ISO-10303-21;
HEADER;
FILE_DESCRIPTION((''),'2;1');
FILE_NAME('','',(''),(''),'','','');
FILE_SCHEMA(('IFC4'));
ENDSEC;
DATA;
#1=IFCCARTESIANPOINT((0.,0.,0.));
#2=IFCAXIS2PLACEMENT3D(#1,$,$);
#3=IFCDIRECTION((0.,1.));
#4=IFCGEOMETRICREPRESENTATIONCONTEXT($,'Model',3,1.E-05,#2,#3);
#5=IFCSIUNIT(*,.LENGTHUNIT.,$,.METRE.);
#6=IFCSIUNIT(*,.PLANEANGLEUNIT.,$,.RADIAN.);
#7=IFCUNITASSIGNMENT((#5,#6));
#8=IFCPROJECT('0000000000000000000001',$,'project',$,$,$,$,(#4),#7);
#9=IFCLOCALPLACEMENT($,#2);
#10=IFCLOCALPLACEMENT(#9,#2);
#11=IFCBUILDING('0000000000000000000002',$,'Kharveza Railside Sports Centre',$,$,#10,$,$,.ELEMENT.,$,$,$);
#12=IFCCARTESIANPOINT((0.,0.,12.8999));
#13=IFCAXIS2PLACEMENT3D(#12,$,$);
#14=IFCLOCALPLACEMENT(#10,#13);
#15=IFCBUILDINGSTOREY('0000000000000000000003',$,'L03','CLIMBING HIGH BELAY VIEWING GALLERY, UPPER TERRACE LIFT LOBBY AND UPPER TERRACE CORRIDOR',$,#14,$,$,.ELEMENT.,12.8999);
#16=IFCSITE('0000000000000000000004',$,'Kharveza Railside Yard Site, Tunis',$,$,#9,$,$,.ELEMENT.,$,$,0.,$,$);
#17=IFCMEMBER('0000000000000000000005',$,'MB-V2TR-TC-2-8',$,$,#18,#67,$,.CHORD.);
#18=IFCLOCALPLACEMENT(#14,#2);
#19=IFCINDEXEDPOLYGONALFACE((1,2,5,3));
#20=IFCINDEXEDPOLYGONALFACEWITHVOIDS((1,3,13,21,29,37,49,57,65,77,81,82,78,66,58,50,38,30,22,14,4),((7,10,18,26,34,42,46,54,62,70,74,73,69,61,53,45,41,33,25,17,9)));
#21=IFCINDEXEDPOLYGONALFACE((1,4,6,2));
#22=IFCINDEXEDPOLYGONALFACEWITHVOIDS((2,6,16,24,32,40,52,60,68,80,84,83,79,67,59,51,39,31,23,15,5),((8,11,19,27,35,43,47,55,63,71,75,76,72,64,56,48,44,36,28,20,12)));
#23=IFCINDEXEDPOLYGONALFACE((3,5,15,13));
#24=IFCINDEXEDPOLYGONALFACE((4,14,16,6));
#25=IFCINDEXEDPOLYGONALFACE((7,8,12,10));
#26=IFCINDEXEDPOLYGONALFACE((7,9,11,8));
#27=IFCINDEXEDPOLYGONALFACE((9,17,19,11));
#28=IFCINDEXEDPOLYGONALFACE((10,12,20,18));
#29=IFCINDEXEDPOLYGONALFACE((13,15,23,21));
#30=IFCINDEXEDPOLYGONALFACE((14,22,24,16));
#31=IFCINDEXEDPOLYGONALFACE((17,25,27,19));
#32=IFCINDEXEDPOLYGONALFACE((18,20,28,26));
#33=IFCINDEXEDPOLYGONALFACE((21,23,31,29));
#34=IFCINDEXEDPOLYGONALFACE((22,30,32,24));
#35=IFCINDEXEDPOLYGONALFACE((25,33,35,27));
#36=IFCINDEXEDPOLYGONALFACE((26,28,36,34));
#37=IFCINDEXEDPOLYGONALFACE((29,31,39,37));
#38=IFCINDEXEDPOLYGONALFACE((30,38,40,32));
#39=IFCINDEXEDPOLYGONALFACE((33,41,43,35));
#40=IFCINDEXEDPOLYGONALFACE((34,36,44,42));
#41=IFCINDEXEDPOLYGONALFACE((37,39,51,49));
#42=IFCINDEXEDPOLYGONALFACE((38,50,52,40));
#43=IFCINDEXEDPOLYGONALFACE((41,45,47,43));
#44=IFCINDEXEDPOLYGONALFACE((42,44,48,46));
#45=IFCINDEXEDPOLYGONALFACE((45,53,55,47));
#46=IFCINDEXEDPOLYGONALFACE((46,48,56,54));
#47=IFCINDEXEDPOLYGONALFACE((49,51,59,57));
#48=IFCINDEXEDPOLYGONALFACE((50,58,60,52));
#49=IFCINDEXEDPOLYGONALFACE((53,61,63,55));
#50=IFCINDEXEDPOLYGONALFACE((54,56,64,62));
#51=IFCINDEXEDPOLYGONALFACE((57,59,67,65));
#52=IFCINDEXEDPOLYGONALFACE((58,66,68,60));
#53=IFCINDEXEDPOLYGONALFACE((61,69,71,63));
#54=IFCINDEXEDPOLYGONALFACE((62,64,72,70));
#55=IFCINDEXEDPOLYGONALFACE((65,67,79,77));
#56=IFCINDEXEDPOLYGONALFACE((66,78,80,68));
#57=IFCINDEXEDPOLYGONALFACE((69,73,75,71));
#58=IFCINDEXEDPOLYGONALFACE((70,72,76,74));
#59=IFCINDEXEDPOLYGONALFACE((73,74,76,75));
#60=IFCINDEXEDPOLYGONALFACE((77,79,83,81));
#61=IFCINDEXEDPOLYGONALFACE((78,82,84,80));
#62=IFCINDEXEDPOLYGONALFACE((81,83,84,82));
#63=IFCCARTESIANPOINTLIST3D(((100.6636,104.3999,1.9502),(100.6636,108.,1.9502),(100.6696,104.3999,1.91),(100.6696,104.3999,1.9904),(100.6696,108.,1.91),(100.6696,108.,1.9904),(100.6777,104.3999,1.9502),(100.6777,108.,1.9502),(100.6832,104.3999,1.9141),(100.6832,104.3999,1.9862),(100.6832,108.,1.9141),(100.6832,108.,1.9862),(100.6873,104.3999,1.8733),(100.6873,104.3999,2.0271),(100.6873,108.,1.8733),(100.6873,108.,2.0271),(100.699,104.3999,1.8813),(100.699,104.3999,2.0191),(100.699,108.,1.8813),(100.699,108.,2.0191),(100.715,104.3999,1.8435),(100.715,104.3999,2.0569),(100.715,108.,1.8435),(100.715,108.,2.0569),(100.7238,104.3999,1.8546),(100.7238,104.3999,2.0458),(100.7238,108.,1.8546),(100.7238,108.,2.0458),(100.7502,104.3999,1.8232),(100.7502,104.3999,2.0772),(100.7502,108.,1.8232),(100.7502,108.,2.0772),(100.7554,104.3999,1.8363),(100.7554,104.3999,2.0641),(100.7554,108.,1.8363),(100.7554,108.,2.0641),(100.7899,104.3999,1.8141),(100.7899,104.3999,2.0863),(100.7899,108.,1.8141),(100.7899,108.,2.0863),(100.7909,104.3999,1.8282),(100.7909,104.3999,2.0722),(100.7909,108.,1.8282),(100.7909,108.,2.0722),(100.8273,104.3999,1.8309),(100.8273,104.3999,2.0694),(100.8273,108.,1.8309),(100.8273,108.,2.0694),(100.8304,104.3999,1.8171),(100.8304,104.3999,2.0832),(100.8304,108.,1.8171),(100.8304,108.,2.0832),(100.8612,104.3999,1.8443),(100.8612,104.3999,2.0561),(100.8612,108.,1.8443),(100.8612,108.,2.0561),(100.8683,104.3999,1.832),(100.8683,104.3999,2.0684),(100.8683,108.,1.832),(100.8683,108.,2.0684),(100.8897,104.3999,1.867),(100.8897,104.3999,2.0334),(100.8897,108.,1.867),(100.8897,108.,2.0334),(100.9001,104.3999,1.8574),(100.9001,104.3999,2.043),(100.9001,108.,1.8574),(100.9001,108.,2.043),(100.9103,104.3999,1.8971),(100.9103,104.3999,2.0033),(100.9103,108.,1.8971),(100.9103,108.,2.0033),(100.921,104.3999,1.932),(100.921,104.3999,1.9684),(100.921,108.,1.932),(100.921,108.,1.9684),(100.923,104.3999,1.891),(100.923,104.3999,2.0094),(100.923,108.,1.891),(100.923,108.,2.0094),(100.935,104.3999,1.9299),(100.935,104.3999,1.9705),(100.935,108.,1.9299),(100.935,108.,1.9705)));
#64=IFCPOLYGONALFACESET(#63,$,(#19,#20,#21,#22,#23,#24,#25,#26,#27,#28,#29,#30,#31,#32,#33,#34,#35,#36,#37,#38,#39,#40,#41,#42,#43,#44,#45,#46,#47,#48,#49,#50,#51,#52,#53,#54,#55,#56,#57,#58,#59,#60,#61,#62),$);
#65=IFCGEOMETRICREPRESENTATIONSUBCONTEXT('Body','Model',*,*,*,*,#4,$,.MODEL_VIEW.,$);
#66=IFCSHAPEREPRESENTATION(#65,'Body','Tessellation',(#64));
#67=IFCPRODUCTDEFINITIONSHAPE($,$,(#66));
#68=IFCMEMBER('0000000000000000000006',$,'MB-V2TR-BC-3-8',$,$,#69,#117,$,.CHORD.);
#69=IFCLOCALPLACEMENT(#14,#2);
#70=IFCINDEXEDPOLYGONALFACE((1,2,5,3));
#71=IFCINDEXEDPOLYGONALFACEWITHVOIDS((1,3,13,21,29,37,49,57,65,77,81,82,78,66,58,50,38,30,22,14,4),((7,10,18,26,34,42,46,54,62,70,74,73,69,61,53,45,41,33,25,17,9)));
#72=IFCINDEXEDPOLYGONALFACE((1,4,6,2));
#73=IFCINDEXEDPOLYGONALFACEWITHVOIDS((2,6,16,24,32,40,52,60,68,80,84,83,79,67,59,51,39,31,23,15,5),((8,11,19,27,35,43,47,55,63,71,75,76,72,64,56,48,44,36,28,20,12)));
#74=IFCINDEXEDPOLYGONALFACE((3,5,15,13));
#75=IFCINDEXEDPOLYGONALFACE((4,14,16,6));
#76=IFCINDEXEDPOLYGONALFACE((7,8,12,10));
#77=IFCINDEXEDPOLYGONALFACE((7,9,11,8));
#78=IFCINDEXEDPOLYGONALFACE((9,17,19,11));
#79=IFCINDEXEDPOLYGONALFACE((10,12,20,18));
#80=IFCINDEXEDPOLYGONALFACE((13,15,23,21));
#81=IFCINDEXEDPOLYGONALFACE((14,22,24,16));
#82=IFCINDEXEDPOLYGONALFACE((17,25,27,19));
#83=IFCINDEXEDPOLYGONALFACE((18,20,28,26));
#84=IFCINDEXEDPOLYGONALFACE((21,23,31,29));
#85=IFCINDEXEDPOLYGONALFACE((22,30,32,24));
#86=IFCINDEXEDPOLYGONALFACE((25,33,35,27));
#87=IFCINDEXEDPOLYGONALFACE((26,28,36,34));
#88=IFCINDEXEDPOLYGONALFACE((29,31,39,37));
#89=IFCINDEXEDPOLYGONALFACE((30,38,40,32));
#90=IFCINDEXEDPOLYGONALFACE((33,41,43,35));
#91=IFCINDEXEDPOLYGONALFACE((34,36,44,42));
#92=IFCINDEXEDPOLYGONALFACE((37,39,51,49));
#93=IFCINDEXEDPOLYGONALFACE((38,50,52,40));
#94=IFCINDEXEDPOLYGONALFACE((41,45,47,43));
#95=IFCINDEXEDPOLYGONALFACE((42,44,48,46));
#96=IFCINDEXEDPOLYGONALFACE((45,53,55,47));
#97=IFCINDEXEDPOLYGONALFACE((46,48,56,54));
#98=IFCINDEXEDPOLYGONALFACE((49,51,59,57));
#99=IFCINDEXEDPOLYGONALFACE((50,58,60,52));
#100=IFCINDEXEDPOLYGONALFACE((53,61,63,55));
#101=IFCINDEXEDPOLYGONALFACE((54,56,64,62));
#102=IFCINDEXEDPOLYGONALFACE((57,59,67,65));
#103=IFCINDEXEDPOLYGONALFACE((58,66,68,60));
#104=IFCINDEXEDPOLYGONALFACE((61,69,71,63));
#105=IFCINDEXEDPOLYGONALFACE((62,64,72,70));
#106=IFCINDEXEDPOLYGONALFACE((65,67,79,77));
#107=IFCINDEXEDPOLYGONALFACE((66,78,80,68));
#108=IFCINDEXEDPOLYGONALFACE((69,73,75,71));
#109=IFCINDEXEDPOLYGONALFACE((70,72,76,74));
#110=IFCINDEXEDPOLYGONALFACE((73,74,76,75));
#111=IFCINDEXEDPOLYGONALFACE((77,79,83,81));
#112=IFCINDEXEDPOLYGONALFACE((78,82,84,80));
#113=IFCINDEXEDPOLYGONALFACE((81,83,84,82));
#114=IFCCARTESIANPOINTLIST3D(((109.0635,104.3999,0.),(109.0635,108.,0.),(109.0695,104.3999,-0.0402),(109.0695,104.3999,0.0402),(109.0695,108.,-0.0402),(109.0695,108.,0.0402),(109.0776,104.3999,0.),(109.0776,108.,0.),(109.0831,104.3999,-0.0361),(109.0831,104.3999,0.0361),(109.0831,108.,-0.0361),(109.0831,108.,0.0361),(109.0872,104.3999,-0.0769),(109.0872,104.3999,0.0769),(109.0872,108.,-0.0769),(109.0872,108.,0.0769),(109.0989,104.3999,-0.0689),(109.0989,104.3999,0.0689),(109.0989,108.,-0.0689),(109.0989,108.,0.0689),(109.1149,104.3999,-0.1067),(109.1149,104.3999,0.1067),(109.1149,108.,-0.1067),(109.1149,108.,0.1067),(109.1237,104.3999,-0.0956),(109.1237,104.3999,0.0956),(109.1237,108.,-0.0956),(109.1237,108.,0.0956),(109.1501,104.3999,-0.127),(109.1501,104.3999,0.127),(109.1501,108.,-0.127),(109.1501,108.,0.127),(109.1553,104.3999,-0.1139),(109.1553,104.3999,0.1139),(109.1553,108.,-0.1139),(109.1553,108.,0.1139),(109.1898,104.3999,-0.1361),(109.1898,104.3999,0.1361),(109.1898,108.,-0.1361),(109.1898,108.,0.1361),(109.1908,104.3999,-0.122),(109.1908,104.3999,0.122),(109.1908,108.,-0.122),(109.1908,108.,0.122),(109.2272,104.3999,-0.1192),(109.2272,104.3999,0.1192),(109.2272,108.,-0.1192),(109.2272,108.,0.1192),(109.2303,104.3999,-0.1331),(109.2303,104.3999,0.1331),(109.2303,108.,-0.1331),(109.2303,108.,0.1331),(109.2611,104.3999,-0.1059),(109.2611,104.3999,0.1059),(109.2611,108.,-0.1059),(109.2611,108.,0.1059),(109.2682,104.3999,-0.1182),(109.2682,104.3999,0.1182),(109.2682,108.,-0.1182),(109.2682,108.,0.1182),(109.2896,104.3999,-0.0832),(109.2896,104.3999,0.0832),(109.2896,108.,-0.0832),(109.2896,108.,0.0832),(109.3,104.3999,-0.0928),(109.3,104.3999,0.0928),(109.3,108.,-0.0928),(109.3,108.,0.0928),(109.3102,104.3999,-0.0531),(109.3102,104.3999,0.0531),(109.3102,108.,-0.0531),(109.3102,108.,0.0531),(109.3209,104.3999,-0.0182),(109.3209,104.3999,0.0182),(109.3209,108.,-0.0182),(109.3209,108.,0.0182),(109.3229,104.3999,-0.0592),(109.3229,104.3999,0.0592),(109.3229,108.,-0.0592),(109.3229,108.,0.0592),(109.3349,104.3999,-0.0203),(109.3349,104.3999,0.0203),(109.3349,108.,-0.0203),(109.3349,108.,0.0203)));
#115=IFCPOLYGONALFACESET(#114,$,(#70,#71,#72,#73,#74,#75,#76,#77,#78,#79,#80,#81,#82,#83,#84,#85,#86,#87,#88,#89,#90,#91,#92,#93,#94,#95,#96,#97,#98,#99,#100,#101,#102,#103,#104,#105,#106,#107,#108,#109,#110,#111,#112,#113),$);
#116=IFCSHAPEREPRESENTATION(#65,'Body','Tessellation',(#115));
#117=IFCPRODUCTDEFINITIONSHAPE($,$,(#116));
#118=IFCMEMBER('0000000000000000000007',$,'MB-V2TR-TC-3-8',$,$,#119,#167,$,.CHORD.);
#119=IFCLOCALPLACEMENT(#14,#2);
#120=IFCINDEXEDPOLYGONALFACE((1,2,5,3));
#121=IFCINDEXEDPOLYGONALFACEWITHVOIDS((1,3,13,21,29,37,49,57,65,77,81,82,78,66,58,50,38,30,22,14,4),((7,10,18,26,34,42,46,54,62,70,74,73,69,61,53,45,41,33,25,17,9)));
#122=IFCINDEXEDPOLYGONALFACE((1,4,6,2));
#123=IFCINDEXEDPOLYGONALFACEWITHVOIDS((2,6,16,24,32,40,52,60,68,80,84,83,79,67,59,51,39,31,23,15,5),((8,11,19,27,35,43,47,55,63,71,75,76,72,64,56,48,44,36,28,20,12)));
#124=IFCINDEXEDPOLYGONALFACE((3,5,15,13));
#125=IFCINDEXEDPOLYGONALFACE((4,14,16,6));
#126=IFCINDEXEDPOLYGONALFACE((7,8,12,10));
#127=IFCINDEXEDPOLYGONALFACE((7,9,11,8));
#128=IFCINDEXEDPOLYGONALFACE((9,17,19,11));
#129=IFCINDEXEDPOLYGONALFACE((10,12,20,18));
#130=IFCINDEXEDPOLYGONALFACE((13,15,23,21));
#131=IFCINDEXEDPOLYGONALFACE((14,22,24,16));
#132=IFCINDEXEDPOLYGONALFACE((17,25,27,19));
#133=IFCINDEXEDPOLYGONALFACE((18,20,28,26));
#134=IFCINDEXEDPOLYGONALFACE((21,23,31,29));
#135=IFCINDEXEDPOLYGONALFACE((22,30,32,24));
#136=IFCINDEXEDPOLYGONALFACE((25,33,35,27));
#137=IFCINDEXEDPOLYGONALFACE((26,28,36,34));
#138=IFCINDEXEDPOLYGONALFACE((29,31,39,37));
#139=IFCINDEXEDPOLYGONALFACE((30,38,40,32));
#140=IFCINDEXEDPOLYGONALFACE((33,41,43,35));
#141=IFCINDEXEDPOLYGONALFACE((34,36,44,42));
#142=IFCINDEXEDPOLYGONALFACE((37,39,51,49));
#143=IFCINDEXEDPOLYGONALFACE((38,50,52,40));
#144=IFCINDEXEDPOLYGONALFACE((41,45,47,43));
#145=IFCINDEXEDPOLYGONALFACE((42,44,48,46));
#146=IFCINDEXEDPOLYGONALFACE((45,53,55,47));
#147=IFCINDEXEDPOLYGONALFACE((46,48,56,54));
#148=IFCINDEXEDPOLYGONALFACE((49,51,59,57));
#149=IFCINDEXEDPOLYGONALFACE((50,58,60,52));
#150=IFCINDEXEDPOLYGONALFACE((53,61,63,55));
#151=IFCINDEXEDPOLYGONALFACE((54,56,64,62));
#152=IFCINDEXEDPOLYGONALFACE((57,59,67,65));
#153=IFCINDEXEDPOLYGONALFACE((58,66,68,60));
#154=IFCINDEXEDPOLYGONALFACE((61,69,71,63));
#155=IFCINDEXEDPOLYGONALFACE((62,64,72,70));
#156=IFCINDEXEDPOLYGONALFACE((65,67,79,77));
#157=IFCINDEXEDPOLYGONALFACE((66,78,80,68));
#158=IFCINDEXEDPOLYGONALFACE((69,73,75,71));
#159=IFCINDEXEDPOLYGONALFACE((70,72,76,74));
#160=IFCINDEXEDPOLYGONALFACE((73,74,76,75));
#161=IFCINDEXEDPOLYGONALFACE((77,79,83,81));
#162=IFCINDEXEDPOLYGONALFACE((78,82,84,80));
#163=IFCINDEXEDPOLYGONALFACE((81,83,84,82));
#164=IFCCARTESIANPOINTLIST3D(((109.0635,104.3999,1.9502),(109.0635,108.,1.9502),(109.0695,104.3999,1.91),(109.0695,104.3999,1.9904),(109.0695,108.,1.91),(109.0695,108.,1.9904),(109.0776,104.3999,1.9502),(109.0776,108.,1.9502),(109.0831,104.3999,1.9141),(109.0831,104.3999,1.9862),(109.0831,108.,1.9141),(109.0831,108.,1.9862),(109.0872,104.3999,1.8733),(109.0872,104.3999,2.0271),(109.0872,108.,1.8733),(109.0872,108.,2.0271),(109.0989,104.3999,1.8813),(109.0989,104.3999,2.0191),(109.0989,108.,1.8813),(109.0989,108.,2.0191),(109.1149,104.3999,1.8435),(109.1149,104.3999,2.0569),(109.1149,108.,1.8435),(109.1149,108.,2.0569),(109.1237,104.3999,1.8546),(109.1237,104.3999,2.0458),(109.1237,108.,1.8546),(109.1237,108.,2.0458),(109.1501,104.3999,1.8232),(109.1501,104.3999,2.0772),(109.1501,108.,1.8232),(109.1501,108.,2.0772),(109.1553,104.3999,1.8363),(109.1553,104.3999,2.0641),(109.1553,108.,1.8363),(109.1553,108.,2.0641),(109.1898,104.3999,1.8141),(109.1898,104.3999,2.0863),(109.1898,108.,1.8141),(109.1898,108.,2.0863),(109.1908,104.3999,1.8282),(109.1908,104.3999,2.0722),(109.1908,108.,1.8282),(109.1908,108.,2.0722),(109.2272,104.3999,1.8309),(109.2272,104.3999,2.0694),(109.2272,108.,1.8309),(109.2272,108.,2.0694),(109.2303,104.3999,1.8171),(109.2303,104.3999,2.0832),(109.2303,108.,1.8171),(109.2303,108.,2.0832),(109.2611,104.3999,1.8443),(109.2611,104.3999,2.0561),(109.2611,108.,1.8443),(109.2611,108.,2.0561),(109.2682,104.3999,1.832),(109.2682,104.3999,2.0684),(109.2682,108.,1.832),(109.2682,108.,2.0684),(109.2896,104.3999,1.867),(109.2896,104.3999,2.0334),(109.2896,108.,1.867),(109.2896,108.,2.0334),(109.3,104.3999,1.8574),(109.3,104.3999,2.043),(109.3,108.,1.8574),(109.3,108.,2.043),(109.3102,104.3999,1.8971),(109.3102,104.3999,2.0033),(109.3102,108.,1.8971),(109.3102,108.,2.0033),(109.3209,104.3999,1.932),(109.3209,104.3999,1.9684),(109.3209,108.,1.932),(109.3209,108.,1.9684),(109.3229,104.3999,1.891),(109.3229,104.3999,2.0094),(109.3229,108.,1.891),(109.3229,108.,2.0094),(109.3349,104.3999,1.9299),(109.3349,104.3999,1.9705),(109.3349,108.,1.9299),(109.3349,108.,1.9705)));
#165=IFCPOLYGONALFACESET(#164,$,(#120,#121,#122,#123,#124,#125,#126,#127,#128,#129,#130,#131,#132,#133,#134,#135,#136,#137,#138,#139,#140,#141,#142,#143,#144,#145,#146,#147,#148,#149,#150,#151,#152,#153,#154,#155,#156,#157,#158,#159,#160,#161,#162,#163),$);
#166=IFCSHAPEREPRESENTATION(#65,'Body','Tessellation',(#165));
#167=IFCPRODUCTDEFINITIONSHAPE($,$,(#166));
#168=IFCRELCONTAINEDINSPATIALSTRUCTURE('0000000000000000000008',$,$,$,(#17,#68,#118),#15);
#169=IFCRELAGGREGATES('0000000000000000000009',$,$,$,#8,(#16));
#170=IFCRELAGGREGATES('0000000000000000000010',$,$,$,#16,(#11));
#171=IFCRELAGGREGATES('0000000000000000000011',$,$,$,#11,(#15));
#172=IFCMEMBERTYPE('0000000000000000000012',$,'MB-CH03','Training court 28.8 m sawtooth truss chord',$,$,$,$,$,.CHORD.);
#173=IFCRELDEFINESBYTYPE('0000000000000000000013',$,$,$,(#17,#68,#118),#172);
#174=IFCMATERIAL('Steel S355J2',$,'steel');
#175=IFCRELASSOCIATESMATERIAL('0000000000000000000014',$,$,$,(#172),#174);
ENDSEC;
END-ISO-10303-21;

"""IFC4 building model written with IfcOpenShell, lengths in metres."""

from ifc_helpers import new_model, si_unit, direction, frame, origin, origin_2d, place, context, subcontext, project, spatial, hollow_circle, extrude, material, material_profile, profile_set, type_object, element, save


model = new_model("IFC4")

# Units and contexts
model_context = context("Model", 3, precision=1e-05, world=origin(), true_north=direction((0.0, 1.0)))
body_context = subcontext(model_context, "Body", "Model", "MODEL_VIEW")
ifc_project = project(units=[si_unit("LENGTHUNIT", "METRE"), si_unit("PLANEANGLEUNIT", "RADIAN")], contexts=[model_context])

# Site, building, storey
site_placement = place(None, origin())
site = spatial("IfcSite", under=ifc_project, at=site_placement, Name="Kharveza Railside Yard Site, Tunis", CompositionType="ELEMENT", RefElevation=0.0)
building_placement = place(site_placement, origin())
building = spatial("IfcBuilding", under=site, at=building_placement, Name="Kharveza Railside Sports Centre", CompositionType="ELEMENT")
storey_placement = place(building_placement, frame((0.0, 0.0, 12.8999)))
storey = spatial("IfcBuildingStorey", under=building, at=storey_placement, Name="L03", Description="CLIMBING HIGH BELAY VIEWING GALLERY, UPPER TERRACE LIFT LOBBY AND UPPER TERRACE CORRIDOR", CompositionType="ELEMENT", Elevation=12.8999)

# Members
ifc_material_1 = material(Name="Steel S355J2", Category="steel")
ifc_material_profile_1 = material_profile(ifc_material_1, hollow_circle(Radius=0.1365, WallThickness=0.0142, at=origin_2d()), Name="CHS 273.0x14.2")
ifc_profile_set_1 = profile_set([ifc_material_profile_1], Name="Steel S355J2")
member_type_1 = type_object("IfcMemberType", Name="MB-CH03", Description="Training court 28.8 m sawtooth truss chord", PredefinedType="CHORD", material=ifc_profile_set_1)
for number, where, z_axis, x_axis, name in (
    (1, (100.8, 104.3999, 1.9502), (0.0, 1.0, 0.0), (-1.0, 0.0, 0.0), "MB-V2TR-TC-2-8"),
    (2, (109.2, 104.3999, 0.0), (0.0, 1.0, 0.0), (-1.0, 0.0, 0.0), "MB-V2TR-BC-3-8"),
    (3, (109.2, 104.3999, 1.9502), (0.0, 1.0, 0.0), (-1.0, 0.0, 0.0), "MB-V2TR-TC-3-8"),
):
    element("IfcMember", number, at=place(storey_placement, frame(where, z_axis=z_axis, x_axis=x_axis)), inside=storey, type_object=member_type_1, Name=name, PredefinedType="CHORD", context=body_context, shape_type="SweptSolid", body=[
        extrude(hollow_circle(Radius=0.1365, WallThickness=0.0142, at=origin_2d()), origin(), (0.0, 0.0, 1.0), 3.6001),
    ])

save(model, "model.ifc")
